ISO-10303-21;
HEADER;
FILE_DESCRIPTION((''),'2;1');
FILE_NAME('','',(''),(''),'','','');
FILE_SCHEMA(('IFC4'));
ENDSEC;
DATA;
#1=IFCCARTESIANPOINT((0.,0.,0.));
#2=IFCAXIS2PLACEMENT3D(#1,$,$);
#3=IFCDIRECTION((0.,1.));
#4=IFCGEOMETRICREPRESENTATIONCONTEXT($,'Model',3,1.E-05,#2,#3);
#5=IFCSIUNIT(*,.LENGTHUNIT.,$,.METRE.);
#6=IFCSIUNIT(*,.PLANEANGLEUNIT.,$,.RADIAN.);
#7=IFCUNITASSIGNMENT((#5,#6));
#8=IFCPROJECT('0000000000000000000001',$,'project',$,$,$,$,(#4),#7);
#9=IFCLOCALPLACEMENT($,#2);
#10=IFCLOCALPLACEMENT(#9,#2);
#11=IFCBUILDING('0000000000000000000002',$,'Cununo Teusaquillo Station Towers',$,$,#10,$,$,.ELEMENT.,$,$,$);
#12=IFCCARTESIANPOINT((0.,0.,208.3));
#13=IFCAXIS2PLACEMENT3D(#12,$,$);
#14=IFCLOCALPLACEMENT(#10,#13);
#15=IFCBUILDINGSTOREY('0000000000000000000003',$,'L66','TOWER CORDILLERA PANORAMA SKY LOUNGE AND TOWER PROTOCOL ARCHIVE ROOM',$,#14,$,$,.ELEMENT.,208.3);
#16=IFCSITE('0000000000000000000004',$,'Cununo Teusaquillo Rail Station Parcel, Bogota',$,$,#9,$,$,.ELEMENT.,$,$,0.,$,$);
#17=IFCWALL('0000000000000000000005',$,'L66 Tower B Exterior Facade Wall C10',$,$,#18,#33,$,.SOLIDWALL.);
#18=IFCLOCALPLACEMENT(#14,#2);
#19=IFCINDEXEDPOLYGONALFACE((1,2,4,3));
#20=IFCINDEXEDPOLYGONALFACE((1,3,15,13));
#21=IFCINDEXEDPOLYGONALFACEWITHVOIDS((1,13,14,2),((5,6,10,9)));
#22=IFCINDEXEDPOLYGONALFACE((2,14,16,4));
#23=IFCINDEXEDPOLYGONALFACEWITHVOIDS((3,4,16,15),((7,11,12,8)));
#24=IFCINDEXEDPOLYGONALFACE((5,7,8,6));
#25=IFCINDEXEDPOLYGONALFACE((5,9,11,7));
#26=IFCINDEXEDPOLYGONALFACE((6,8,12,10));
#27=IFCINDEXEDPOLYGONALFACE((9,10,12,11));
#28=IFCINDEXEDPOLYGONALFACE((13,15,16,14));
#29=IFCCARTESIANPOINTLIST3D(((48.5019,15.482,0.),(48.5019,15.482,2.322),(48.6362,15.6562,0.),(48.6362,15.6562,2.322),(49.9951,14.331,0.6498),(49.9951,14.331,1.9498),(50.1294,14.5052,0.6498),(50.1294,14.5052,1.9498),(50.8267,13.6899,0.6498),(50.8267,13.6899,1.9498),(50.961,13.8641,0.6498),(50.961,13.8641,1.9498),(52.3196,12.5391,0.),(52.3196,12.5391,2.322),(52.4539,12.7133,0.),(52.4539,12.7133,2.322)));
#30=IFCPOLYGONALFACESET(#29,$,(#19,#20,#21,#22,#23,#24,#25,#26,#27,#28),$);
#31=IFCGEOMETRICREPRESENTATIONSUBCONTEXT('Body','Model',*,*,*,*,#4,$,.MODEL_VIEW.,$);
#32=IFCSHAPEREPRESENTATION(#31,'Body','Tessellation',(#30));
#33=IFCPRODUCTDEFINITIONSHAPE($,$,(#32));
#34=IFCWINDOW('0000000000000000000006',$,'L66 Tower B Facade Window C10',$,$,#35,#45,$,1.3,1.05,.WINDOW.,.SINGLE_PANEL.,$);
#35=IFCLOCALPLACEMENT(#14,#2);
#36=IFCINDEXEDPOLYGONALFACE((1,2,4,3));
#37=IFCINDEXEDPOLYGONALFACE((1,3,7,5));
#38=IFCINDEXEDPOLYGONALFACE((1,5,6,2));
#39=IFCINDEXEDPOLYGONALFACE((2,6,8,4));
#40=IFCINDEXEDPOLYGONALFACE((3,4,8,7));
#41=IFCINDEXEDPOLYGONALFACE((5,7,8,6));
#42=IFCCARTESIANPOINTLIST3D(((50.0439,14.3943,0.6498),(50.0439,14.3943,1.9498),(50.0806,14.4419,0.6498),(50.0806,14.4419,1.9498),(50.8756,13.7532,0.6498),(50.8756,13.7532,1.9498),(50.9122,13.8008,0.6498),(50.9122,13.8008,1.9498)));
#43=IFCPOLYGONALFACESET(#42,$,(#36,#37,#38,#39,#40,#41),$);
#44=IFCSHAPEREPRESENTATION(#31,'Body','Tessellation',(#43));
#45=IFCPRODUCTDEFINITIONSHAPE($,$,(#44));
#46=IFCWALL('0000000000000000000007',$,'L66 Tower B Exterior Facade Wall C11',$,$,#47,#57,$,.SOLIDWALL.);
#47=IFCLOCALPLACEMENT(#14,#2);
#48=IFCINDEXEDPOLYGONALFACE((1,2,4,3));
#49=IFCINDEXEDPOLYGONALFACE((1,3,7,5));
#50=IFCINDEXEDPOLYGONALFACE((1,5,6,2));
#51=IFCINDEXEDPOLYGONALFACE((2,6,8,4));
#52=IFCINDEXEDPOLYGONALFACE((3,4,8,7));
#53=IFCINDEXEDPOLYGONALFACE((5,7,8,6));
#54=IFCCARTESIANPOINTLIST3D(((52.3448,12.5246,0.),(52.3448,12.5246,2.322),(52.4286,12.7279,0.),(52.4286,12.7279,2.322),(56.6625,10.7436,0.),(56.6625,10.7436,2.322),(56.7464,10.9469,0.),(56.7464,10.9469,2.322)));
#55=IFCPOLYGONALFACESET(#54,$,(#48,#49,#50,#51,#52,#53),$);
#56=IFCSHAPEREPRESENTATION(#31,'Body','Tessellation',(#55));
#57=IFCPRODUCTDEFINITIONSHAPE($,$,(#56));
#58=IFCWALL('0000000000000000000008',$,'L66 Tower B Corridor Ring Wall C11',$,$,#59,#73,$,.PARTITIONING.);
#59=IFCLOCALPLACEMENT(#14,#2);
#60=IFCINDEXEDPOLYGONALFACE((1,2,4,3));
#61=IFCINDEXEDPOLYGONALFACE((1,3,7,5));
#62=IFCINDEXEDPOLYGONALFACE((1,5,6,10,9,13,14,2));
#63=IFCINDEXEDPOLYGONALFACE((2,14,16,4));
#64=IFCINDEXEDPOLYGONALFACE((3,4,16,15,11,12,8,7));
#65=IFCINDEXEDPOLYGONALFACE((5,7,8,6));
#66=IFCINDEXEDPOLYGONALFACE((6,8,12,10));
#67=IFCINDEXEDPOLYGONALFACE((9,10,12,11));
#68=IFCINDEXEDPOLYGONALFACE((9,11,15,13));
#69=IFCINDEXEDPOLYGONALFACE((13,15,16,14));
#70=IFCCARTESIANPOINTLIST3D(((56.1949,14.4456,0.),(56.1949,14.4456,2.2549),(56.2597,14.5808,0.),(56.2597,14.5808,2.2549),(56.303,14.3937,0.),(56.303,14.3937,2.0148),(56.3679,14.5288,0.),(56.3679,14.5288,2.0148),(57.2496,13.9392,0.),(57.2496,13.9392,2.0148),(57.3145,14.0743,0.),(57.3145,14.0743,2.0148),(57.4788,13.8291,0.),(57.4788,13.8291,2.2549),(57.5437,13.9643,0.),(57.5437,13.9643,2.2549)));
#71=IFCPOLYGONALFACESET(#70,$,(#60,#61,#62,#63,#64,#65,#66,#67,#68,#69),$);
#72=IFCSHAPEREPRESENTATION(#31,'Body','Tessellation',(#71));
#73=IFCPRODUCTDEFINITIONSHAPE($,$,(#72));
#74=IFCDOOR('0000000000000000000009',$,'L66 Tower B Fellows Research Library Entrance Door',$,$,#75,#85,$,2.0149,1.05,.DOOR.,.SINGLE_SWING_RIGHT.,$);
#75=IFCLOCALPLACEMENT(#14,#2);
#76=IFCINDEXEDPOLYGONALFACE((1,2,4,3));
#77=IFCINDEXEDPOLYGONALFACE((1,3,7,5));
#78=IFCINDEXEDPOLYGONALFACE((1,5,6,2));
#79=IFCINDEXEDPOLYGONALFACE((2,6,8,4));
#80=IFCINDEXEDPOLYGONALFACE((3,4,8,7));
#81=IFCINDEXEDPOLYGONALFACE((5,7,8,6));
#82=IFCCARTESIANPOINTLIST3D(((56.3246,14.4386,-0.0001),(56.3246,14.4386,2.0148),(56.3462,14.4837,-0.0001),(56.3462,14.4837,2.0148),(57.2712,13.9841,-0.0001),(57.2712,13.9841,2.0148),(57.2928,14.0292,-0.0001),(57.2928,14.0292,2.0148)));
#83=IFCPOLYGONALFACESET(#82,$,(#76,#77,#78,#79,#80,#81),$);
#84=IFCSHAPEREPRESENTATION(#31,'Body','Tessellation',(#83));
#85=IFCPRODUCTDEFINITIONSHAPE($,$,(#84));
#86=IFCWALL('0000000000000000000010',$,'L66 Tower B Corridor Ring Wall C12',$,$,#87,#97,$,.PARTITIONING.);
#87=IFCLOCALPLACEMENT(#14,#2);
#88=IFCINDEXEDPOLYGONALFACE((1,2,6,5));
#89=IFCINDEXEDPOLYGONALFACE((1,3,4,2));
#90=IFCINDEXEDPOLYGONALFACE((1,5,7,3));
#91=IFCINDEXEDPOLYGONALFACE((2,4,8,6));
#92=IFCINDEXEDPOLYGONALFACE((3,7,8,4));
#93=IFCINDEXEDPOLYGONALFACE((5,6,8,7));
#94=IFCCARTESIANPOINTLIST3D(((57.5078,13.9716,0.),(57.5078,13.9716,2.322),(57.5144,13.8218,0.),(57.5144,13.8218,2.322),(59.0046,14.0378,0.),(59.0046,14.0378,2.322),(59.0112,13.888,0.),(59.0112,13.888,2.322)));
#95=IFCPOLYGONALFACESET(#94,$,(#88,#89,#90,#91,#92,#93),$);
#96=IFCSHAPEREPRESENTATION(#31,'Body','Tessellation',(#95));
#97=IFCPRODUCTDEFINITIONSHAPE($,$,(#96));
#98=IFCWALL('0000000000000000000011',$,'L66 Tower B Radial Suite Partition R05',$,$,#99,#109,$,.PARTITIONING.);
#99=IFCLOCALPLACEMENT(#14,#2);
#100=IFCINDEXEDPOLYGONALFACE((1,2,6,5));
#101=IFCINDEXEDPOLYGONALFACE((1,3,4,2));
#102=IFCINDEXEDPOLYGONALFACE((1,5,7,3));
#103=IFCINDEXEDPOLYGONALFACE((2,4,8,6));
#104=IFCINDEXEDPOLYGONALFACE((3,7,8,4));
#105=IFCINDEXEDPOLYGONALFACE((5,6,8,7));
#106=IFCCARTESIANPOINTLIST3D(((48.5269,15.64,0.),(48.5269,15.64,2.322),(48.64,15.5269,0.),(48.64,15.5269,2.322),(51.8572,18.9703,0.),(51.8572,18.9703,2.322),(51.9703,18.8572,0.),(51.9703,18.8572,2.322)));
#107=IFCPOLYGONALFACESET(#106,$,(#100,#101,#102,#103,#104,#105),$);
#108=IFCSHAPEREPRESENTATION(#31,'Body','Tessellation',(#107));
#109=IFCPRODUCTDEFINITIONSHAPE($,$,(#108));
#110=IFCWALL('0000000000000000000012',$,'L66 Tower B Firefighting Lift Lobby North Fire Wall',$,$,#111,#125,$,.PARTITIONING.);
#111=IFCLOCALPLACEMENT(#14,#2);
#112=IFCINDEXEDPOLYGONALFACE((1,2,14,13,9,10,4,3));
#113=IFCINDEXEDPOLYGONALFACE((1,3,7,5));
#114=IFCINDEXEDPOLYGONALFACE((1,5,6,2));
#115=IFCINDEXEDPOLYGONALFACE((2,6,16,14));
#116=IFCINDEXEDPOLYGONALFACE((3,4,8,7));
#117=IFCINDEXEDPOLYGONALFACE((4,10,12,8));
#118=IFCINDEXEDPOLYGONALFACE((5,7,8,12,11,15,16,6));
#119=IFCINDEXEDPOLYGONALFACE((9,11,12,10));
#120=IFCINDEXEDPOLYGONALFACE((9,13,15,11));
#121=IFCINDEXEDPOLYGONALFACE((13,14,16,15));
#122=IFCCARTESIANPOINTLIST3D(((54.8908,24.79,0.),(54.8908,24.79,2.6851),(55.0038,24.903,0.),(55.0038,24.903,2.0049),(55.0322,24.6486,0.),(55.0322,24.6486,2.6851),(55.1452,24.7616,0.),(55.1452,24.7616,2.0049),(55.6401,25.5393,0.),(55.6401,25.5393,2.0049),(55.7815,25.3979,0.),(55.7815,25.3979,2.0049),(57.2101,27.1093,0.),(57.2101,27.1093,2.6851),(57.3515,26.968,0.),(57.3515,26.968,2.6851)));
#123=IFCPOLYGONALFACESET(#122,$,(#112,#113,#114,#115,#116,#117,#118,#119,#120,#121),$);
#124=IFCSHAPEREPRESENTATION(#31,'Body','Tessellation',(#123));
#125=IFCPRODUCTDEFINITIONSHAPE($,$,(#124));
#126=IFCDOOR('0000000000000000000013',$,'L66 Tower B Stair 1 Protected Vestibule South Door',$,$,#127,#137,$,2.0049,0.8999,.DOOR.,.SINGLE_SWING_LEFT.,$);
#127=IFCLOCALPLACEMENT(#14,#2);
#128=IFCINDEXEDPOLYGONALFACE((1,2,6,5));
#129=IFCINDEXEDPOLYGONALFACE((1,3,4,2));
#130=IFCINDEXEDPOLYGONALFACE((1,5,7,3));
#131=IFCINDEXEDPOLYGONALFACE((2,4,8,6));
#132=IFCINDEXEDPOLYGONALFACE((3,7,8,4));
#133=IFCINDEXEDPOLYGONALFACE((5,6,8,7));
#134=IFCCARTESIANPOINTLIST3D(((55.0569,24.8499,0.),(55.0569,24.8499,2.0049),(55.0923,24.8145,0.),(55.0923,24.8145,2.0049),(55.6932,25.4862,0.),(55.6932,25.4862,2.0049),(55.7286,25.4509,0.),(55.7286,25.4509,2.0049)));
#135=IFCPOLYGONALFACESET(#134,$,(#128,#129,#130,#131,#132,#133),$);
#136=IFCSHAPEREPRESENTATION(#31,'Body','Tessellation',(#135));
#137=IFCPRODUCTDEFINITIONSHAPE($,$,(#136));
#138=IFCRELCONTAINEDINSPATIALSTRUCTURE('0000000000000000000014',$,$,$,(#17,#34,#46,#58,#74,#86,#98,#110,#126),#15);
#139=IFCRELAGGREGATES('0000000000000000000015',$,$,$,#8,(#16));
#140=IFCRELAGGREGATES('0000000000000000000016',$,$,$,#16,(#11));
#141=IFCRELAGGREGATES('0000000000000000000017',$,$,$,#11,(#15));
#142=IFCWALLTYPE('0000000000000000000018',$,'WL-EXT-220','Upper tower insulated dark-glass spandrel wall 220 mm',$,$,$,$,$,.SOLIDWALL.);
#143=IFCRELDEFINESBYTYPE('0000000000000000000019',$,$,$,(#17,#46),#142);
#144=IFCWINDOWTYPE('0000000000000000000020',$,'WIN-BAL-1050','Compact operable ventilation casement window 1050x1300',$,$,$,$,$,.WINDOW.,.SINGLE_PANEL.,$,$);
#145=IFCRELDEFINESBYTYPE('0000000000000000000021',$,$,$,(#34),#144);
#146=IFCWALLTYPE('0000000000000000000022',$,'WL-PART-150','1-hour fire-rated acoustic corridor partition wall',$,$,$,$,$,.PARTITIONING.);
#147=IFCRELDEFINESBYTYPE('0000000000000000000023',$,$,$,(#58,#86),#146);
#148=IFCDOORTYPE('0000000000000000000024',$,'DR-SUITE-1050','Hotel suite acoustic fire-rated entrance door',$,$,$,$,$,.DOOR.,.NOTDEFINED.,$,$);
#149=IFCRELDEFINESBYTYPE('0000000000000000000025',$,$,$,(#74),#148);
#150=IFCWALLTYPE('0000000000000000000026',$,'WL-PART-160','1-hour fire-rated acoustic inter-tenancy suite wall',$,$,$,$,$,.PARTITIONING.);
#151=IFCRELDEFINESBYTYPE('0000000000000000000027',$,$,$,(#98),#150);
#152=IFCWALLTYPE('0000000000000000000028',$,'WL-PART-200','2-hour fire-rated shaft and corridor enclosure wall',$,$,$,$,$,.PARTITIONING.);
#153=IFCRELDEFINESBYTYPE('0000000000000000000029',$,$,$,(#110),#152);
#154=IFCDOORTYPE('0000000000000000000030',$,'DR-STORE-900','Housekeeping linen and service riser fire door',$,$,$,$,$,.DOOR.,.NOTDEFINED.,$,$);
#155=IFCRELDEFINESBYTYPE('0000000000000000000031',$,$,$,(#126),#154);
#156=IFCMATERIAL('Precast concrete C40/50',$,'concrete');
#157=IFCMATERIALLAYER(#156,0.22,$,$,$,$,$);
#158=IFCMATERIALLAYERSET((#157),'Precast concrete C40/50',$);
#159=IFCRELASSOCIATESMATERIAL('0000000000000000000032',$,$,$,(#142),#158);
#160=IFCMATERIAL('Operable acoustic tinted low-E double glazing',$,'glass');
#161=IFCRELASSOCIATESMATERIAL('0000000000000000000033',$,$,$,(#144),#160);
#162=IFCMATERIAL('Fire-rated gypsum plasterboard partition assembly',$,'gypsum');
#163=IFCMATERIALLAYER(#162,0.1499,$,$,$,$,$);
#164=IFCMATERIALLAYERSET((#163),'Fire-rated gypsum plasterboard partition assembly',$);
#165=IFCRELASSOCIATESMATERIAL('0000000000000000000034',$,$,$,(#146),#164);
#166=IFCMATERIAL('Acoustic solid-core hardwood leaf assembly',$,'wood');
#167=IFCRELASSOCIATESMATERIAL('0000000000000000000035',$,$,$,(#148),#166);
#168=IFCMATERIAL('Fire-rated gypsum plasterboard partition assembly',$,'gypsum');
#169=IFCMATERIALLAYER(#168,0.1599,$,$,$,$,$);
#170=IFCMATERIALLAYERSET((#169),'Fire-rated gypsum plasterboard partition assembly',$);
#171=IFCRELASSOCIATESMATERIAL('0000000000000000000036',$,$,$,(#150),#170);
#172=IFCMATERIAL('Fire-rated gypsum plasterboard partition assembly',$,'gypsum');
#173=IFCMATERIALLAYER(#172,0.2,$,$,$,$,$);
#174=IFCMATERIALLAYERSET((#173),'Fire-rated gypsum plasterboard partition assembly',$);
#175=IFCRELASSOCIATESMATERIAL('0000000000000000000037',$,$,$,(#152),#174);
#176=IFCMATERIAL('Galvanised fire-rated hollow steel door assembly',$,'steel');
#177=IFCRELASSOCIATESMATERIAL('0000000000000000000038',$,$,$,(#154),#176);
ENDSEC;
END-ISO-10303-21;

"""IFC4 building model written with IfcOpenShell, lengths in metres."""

from ifc_helpers import new_model, si_unit, direction, frame, frame_2d, origin, place, context, subcontext, project, spatial, rectangle, extrude, source, transform, mapped, material, layer, layer_set, type_object, element, fill, save


model = new_model("IFC4")

# Units and contexts
model_context = context("Model", 3, precision=1e-05, world=origin(), true_north=direction((0.0, 1.0)))
body_context = subcontext(model_context, "Body", "Model", "MODEL_VIEW")
ifc_project = project(units=[si_unit("LENGTHUNIT", "METRE"), si_unit("PLANEANGLEUNIT", "RADIAN")], contexts=[model_context])

# Site, building, storey
site_placement = place(None, origin())
site = spatial("IfcSite", under=ifc_project, at=site_placement, Name="Cununo Teusaquillo Rail Station Parcel, Bogota", CompositionType="ELEMENT", RefElevation=0.0)
building_placement = place(site_placement, origin())
building = spatial("IfcBuilding", under=site, at=building_placement, Name="Cununo Teusaquillo Station Towers", CompositionType="ELEMENT")
storey_placement = place(building_placement, frame((0.0, 0.0, 208.3)))
storey = spatial("IfcBuildingStorey", under=building, at=storey_placement, Name="L66", Description="TOWER CORDILLERA PANORAMA SKY LOUNGE AND TOWER PROTOCOL ARCHIVE ROOM", CompositionType="ELEMENT", Elevation=208.3)

# Wall, opening, window
ifc_material_1 = material(Name="Precast concrete C40/50", Category="concrete")
ifc_layer_1 = layer(ifc_material_1, 0.22)
ifc_layer_set_1 = layer_set([ifc_layer_1], Name="Precast concrete C40/50")
wall_type_1 = type_object("IfcWallType", Name="WL-EXT-220", Description="Upper tower insulated dark-glass spandrel wall 220 mm", PredefinedType="SOLIDWALL", material=ifc_layer_set_1)
wall_1_placement = place(storey_placement, frame((52.3867, 12.6262, 0.0), z_axis=(0.0, 0.0, 1.0), x_axis=(-0.791998, 0.610523, 0.0)))
wall_1 = element("IfcWall", 1, at=wall_1_placement, inside=storey, type_object=wall_type_1, Name="L66 Tower B Exterior Facade Wall C10", PredefinedType="SOLIDWALL", context=body_context, shape_type="SweptSolid", body=[
    extrude(rectangle(XDim=4.8203, YDim=0.22, at=frame_2d((2.4102, 0.0))), origin(), (0.0, 0.0, 1.0), 2.322),
])
shared_shape_1 = source(origin(), body_context, "Body", "SweptSolid", [
    extrude(rectangle(XDim=1.05, YDim=1.3, at=frame_2d((0.5249, 0.6499))), frame((0.0, 0.1199, 0.0), z_axis=(0.0, -1.0, 0.0), x_axis=(1.0, 0.0, 0.0)), (0.0, 0.0, 1.0), 0.24),
])
opening_1_placement = place(wall_1_placement, frame((1.885, 0.0, 0.6499)))
opening_1 = element("IfcOpeningElement", 2, at=opening_1_placement, cuts=wall_1, PredefinedType="OPENING", context=body_context, shape_type="MappedRepresentation", body=[
    mapped(shared_shape_1, transform((0.0, 0.0, 0.0), x_axis=(1.0, 0.0, 0.0), y_axis=(0.0, 1.0, 0.0), z_axis=(0.0, 0.0, 1.0), scale=1.0)),
])
ifc_material_2 = material(Name="Operable acoustic tinted low-E double glazing", Category="glass")
window_type = type_object("IfcWindowType", Name="WIN-BAL-1050", Description="Compact operable ventilation casement window 1050x1300", PartitioningType="SINGLE_PANEL", PredefinedType="WINDOW", material=ifc_material_2)
shared_shape_2 = source(origin(), body_context, "Body", "SweptSolid", [
    extrude(rectangle(XDim=1.05, YDim=1.3, at=frame_2d((0.5249, 0.6499))), frame((0.0, 0.03, 0.0), z_axis=(0.0, -1.0, 0.0), x_axis=(1.0, 0.0, 0.0)), (0.0, 0.0, 1.0), 0.0601),
])
window_placement = place(opening_1_placement, origin())
window = element("IfcWindow", 3, at=window_placement, inside=storey, type_object=window_type, Name="L66 Tower B Facade Window C10", OverallHeight=1.3, OverallWidth=1.05, PartitioningType="SINGLE_PANEL", PredefinedType="WINDOW", context=body_context, shape_type="MappedRepresentation", body=[
    mapped(shared_shape_2, transform((0.0, 0.0, 0.0), x_axis=(1.0, 0.0, 0.0), y_axis=(0.0, 1.0, 0.0), z_axis=(0.0, 0.0, 1.0), scale=1.0)),
])
fill(opening_1, window)

# Wall
wall_2_placement = place(storey_placement, frame((56.7046, 10.8452, 0.0), z_axis=(0.0, 0.0, 1.0), x_axis=(-0.924447, 0.38131, 0.0)))
element("IfcWall", 4, at=wall_2_placement, inside=storey, type_object=wall_type_1, Name="L66 Tower B Exterior Facade Wall C11", PredefinedType="SOLIDWALL", context=body_context, shape_type="SweptSolid", body=[
    extrude(rectangle(XDim=4.6707, YDim=0.22, at=frame_2d((2.3354, 0.0))), origin(), (0.0, 0.0, 1.0), 2.322),
])

# Wall, opening, door
ifc_material_3 = material(Name="Fire-rated gypsum plasterboard partition assembly", Category="gypsum")
ifc_layer_2 = layer(ifc_material_3, 0.1499)
ifc_layer_set_2 = layer_set([ifc_layer_2], Name="Fire-rated gypsum plasterboard partition assembly")
wall_type_2 = type_object("IfcWallType", Name="WL-PART-150", Description="1-hour fire-rated acoustic corridor partition wall", PredefinedType="PARTITIONING", material=ifc_layer_set_2)
wall_3_placement = place(storey_placement, frame((56.2273, 14.5132, 0.0), z_axis=(0.0, 0.0, 1.0), x_axis=(0.901478, -0.432826, 0.0)))
wall_3 = element("IfcWall", 5, at=wall_3_placement, inside=storey, type_object=wall_type_2, Name="L66 Tower B Corridor Ring Wall C11", PredefinedType="PARTITIONING", context=body_context, shape_type="SweptSolid", body=[
    extrude(rectangle(XDim=1.4243, YDim=0.1499, at=frame_2d((0.7122, 0.0))), origin(), (0.0, 0.0, 1.0), 2.2549),
])
shared_shape_3 = source(origin(), body_context, "Body", "SweptSolid", [
    extrude(rectangle(XDim=1.05, YDim=2.0149, at=frame_2d((0.5249, 1.0073))), frame((0.0, 0.085, 0.0), z_axis=(0.0, -1.0, 0.0), x_axis=(1.0, 0.0, 0.0)), (0.0, 0.0, 1.0), 0.1699),
])
opening_2_placement = place(wall_3_placement, frame((0.1201, 0.0, 0.0)))
opening_2 = element("IfcOpeningElement", 6, at=opening_2_placement, cuts=wall_3, PredefinedType="OPENING", context=body_context, shape_type="MappedRepresentation", body=[
    mapped(shared_shape_3, transform((0.0, 0.0, 0.0), x_axis=(1.0, 0.0, 0.0), y_axis=(0.0, 1.0, 0.0), z_axis=(0.0, 0.0, 1.0), scale=1.0)),
])
ifc_material_4 = material(Name="Acoustic solid-core hardwood leaf assembly", Category="wood")
door_type_1 = type_object("IfcDoorType", Name="DR-SUITE-1050", Description="Hotel suite acoustic fire-rated entrance door", OperationType="NOTDEFINED", PredefinedType="DOOR", material=ifc_material_4)
shared_shape_4 = source(origin(), body_context, "Body", "SweptSolid", [
    extrude(rectangle(XDim=1.05, YDim=2.0149, at=frame_2d((0.5249, 1.0073))), frame((0.0, 0.0249, 0.0), z_axis=(0.0, -1.0, 0.0), x_axis=(1.0, 0.0, 0.0)), (0.0, 0.0, 1.0), 0.05),
])
door_1_placement = place(opening_2_placement, origin())
door_1 = element("IfcDoor", 7, at=door_1_placement, inside=storey, type_object=door_type_1, Name="L66 Tower B Fellows Research Library Entrance Door", OperationType="SINGLE_SWING_RIGHT", OverallHeight=2.0149, OverallWidth=1.05, PredefinedType="DOOR", context=body_context, shape_type="MappedRepresentation", body=[
    mapped(shared_shape_4, transform((0.0, 0.0, 0.0), x_axis=(1.0, 0.0, 0.0), y_axis=(0.0, 1.0, 0.0), z_axis=(0.0, 0.0, 1.0), scale=1.0)),
])
fill(opening_2, door_1)

# Walls
wall_4_placement = place(storey_placement, frame((57.5112, 13.8967, 0.0), z_axis=(0.0, 0.0, 1.0), x_axis=(0.999025, 0.044158, 0.0)))
element("IfcWall", 8, at=wall_4_placement, inside=storey, type_object=wall_type_2, Name="L66 Tower B Corridor Ring Wall C12", PredefinedType="PARTITIONING", context=body_context, shape_type="SweptSolid", body=[
    extrude(rectangle(XDim=1.4983, YDim=0.1499, at=frame_2d((0.749, 0.0))), origin(), (0.0, 0.0, 1.0), 2.322),
])
ifc_material_5 = material(Name="Fire-rated gypsum plasterboard partition assembly", Category="gypsum")
ifc_layer_3 = layer(ifc_material_5, 0.1599)
ifc_layer_set_3 = layer_set([ifc_layer_3], Name="Fire-rated gypsum plasterboard partition assembly")
wall_type_3 = type_object("IfcWallType", Name="WL-PART-160", Description="1-hour fire-rated acoustic inter-tenancy suite wall", PredefinedType="PARTITIONING", material=ifc_layer_set_3)
wall_5_placement = place(storey_placement, frame((51.9138, 18.9138, 0.0), z_axis=(0.0, 0.0, 1.0), x_axis=(-0.707107, -0.707107, 0.0)))
element("IfcWall", 9, at=wall_5_placement, inside=storey, type_object=wall_type_3, Name="L66 Tower B Radial Suite Partition R05", PredefinedType="PARTITIONING", context=body_context, shape_type="SweptSolid", body=[
    extrude(rectangle(XDim=4.7097, YDim=0.1599, at=frame_2d((2.355, 0.0))), origin(), (0.0, 0.0, 1.0), 2.322),
])

# Wall, opening, door
ifc_material_6 = material(Name="Fire-rated gypsum plasterboard partition assembly", Category="gypsum")
ifc_layer_4 = layer(ifc_material_6, 0.2)
ifc_layer_set_4 = layer_set([ifc_layer_4], Name="Fire-rated gypsum plasterboard partition assembly")
wall_type_4 = type_object("IfcWallType", Name="WL-PART-200", Description="2-hour fire-rated shaft and corridor enclosure wall", PredefinedType="PARTITIONING", material=ifc_layer_set_4)
wall_6_placement = place(storey_placement, frame((54.9614, 24.7192, 0.0), z_axis=(0.0, 0.0, 1.0), x_axis=(0.707107, 0.707107, 0.0)))
wall_6 = element("IfcWall", 10, at=wall_6_placement, inside=storey, type_object=wall_type_4, Name="L66 Tower B Firefighting Lift Lobby North Fire Wall", PredefinedType="PARTITIONING", context=body_context, shape_type="SweptSolid", body=[
    extrude(rectangle(XDim=3.28, YDim=0.2, at=frame_2d((1.6401, 0.0))), origin(), (0.0, 0.0, 1.0), 2.6851),
])
shared_shape_5 = source(origin(), body_context, "Body", "SweptSolid", [
    extrude(rectangle(XDim=0.8999, YDim=2.0049, at=frame_2d((0.45, 1.0024))), frame((0.0, 0.1099, 0.0), z_axis=(0.0, -1.0, 0.0), x_axis=(1.0, 0.0, 0.0)), (0.0, 0.0, 1.0), 0.22),
])
opening_3_placement = place(wall_6_placement, frame((0.1599, 0.0, 0.0)))
opening_3 = element("IfcOpeningElement", 11, at=opening_3_placement, cuts=wall_6, PredefinedType="OPENING", context=body_context, shape_type="MappedRepresentation", body=[
    mapped(shared_shape_5, transform((0.0, 0.0, 0.0), x_axis=(1.0, 0.0, 0.0), y_axis=(0.0, 1.0, 0.0), z_axis=(0.0, 0.0, 1.0), scale=1.0)),
])
ifc_material_7 = material(Name="Galvanised fire-rated hollow steel door assembly", Category="steel")
door_type_2 = type_object("IfcDoorType", Name="DR-STORE-900", Description="Housekeeping linen and service riser fire door", OperationType="NOTDEFINED", PredefinedType="DOOR", material=ifc_material_7)
shared_shape_6 = source(origin(), body_context, "Body", "SweptSolid", [
    extrude(rectangle(XDim=0.8999, YDim=2.0049, at=frame_2d((0.45, 1.0024))), frame((0.0, 0.0249, 0.0), z_axis=(0.0, -1.0, 0.0), x_axis=(1.0, 0.0, 0.0)), (0.0, 0.0, 1.0), 0.05),
])
door_2_placement = place(opening_3_placement, origin())
door_2 = element("IfcDoor", 12, at=door_2_placement, inside=storey, type_object=door_type_2, Name="L66 Tower B Stair 1 Protected Vestibule South Door", OperationType="SINGLE_SWING_LEFT", OverallHeight=2.0049, OverallWidth=0.8999, PredefinedType="DOOR", context=body_context, shape_type="MappedRepresentation", body=[
    mapped(shared_shape_6, transform((0.0, 0.0, 0.0), x_axis=(1.0, 0.0, 0.0), y_axis=(0.0, 1.0, 0.0), z_axis=(0.0, 0.0, 1.0), scale=1.0)),
])
fill(opening_3, door_2)

save(model, "model.ifc")
